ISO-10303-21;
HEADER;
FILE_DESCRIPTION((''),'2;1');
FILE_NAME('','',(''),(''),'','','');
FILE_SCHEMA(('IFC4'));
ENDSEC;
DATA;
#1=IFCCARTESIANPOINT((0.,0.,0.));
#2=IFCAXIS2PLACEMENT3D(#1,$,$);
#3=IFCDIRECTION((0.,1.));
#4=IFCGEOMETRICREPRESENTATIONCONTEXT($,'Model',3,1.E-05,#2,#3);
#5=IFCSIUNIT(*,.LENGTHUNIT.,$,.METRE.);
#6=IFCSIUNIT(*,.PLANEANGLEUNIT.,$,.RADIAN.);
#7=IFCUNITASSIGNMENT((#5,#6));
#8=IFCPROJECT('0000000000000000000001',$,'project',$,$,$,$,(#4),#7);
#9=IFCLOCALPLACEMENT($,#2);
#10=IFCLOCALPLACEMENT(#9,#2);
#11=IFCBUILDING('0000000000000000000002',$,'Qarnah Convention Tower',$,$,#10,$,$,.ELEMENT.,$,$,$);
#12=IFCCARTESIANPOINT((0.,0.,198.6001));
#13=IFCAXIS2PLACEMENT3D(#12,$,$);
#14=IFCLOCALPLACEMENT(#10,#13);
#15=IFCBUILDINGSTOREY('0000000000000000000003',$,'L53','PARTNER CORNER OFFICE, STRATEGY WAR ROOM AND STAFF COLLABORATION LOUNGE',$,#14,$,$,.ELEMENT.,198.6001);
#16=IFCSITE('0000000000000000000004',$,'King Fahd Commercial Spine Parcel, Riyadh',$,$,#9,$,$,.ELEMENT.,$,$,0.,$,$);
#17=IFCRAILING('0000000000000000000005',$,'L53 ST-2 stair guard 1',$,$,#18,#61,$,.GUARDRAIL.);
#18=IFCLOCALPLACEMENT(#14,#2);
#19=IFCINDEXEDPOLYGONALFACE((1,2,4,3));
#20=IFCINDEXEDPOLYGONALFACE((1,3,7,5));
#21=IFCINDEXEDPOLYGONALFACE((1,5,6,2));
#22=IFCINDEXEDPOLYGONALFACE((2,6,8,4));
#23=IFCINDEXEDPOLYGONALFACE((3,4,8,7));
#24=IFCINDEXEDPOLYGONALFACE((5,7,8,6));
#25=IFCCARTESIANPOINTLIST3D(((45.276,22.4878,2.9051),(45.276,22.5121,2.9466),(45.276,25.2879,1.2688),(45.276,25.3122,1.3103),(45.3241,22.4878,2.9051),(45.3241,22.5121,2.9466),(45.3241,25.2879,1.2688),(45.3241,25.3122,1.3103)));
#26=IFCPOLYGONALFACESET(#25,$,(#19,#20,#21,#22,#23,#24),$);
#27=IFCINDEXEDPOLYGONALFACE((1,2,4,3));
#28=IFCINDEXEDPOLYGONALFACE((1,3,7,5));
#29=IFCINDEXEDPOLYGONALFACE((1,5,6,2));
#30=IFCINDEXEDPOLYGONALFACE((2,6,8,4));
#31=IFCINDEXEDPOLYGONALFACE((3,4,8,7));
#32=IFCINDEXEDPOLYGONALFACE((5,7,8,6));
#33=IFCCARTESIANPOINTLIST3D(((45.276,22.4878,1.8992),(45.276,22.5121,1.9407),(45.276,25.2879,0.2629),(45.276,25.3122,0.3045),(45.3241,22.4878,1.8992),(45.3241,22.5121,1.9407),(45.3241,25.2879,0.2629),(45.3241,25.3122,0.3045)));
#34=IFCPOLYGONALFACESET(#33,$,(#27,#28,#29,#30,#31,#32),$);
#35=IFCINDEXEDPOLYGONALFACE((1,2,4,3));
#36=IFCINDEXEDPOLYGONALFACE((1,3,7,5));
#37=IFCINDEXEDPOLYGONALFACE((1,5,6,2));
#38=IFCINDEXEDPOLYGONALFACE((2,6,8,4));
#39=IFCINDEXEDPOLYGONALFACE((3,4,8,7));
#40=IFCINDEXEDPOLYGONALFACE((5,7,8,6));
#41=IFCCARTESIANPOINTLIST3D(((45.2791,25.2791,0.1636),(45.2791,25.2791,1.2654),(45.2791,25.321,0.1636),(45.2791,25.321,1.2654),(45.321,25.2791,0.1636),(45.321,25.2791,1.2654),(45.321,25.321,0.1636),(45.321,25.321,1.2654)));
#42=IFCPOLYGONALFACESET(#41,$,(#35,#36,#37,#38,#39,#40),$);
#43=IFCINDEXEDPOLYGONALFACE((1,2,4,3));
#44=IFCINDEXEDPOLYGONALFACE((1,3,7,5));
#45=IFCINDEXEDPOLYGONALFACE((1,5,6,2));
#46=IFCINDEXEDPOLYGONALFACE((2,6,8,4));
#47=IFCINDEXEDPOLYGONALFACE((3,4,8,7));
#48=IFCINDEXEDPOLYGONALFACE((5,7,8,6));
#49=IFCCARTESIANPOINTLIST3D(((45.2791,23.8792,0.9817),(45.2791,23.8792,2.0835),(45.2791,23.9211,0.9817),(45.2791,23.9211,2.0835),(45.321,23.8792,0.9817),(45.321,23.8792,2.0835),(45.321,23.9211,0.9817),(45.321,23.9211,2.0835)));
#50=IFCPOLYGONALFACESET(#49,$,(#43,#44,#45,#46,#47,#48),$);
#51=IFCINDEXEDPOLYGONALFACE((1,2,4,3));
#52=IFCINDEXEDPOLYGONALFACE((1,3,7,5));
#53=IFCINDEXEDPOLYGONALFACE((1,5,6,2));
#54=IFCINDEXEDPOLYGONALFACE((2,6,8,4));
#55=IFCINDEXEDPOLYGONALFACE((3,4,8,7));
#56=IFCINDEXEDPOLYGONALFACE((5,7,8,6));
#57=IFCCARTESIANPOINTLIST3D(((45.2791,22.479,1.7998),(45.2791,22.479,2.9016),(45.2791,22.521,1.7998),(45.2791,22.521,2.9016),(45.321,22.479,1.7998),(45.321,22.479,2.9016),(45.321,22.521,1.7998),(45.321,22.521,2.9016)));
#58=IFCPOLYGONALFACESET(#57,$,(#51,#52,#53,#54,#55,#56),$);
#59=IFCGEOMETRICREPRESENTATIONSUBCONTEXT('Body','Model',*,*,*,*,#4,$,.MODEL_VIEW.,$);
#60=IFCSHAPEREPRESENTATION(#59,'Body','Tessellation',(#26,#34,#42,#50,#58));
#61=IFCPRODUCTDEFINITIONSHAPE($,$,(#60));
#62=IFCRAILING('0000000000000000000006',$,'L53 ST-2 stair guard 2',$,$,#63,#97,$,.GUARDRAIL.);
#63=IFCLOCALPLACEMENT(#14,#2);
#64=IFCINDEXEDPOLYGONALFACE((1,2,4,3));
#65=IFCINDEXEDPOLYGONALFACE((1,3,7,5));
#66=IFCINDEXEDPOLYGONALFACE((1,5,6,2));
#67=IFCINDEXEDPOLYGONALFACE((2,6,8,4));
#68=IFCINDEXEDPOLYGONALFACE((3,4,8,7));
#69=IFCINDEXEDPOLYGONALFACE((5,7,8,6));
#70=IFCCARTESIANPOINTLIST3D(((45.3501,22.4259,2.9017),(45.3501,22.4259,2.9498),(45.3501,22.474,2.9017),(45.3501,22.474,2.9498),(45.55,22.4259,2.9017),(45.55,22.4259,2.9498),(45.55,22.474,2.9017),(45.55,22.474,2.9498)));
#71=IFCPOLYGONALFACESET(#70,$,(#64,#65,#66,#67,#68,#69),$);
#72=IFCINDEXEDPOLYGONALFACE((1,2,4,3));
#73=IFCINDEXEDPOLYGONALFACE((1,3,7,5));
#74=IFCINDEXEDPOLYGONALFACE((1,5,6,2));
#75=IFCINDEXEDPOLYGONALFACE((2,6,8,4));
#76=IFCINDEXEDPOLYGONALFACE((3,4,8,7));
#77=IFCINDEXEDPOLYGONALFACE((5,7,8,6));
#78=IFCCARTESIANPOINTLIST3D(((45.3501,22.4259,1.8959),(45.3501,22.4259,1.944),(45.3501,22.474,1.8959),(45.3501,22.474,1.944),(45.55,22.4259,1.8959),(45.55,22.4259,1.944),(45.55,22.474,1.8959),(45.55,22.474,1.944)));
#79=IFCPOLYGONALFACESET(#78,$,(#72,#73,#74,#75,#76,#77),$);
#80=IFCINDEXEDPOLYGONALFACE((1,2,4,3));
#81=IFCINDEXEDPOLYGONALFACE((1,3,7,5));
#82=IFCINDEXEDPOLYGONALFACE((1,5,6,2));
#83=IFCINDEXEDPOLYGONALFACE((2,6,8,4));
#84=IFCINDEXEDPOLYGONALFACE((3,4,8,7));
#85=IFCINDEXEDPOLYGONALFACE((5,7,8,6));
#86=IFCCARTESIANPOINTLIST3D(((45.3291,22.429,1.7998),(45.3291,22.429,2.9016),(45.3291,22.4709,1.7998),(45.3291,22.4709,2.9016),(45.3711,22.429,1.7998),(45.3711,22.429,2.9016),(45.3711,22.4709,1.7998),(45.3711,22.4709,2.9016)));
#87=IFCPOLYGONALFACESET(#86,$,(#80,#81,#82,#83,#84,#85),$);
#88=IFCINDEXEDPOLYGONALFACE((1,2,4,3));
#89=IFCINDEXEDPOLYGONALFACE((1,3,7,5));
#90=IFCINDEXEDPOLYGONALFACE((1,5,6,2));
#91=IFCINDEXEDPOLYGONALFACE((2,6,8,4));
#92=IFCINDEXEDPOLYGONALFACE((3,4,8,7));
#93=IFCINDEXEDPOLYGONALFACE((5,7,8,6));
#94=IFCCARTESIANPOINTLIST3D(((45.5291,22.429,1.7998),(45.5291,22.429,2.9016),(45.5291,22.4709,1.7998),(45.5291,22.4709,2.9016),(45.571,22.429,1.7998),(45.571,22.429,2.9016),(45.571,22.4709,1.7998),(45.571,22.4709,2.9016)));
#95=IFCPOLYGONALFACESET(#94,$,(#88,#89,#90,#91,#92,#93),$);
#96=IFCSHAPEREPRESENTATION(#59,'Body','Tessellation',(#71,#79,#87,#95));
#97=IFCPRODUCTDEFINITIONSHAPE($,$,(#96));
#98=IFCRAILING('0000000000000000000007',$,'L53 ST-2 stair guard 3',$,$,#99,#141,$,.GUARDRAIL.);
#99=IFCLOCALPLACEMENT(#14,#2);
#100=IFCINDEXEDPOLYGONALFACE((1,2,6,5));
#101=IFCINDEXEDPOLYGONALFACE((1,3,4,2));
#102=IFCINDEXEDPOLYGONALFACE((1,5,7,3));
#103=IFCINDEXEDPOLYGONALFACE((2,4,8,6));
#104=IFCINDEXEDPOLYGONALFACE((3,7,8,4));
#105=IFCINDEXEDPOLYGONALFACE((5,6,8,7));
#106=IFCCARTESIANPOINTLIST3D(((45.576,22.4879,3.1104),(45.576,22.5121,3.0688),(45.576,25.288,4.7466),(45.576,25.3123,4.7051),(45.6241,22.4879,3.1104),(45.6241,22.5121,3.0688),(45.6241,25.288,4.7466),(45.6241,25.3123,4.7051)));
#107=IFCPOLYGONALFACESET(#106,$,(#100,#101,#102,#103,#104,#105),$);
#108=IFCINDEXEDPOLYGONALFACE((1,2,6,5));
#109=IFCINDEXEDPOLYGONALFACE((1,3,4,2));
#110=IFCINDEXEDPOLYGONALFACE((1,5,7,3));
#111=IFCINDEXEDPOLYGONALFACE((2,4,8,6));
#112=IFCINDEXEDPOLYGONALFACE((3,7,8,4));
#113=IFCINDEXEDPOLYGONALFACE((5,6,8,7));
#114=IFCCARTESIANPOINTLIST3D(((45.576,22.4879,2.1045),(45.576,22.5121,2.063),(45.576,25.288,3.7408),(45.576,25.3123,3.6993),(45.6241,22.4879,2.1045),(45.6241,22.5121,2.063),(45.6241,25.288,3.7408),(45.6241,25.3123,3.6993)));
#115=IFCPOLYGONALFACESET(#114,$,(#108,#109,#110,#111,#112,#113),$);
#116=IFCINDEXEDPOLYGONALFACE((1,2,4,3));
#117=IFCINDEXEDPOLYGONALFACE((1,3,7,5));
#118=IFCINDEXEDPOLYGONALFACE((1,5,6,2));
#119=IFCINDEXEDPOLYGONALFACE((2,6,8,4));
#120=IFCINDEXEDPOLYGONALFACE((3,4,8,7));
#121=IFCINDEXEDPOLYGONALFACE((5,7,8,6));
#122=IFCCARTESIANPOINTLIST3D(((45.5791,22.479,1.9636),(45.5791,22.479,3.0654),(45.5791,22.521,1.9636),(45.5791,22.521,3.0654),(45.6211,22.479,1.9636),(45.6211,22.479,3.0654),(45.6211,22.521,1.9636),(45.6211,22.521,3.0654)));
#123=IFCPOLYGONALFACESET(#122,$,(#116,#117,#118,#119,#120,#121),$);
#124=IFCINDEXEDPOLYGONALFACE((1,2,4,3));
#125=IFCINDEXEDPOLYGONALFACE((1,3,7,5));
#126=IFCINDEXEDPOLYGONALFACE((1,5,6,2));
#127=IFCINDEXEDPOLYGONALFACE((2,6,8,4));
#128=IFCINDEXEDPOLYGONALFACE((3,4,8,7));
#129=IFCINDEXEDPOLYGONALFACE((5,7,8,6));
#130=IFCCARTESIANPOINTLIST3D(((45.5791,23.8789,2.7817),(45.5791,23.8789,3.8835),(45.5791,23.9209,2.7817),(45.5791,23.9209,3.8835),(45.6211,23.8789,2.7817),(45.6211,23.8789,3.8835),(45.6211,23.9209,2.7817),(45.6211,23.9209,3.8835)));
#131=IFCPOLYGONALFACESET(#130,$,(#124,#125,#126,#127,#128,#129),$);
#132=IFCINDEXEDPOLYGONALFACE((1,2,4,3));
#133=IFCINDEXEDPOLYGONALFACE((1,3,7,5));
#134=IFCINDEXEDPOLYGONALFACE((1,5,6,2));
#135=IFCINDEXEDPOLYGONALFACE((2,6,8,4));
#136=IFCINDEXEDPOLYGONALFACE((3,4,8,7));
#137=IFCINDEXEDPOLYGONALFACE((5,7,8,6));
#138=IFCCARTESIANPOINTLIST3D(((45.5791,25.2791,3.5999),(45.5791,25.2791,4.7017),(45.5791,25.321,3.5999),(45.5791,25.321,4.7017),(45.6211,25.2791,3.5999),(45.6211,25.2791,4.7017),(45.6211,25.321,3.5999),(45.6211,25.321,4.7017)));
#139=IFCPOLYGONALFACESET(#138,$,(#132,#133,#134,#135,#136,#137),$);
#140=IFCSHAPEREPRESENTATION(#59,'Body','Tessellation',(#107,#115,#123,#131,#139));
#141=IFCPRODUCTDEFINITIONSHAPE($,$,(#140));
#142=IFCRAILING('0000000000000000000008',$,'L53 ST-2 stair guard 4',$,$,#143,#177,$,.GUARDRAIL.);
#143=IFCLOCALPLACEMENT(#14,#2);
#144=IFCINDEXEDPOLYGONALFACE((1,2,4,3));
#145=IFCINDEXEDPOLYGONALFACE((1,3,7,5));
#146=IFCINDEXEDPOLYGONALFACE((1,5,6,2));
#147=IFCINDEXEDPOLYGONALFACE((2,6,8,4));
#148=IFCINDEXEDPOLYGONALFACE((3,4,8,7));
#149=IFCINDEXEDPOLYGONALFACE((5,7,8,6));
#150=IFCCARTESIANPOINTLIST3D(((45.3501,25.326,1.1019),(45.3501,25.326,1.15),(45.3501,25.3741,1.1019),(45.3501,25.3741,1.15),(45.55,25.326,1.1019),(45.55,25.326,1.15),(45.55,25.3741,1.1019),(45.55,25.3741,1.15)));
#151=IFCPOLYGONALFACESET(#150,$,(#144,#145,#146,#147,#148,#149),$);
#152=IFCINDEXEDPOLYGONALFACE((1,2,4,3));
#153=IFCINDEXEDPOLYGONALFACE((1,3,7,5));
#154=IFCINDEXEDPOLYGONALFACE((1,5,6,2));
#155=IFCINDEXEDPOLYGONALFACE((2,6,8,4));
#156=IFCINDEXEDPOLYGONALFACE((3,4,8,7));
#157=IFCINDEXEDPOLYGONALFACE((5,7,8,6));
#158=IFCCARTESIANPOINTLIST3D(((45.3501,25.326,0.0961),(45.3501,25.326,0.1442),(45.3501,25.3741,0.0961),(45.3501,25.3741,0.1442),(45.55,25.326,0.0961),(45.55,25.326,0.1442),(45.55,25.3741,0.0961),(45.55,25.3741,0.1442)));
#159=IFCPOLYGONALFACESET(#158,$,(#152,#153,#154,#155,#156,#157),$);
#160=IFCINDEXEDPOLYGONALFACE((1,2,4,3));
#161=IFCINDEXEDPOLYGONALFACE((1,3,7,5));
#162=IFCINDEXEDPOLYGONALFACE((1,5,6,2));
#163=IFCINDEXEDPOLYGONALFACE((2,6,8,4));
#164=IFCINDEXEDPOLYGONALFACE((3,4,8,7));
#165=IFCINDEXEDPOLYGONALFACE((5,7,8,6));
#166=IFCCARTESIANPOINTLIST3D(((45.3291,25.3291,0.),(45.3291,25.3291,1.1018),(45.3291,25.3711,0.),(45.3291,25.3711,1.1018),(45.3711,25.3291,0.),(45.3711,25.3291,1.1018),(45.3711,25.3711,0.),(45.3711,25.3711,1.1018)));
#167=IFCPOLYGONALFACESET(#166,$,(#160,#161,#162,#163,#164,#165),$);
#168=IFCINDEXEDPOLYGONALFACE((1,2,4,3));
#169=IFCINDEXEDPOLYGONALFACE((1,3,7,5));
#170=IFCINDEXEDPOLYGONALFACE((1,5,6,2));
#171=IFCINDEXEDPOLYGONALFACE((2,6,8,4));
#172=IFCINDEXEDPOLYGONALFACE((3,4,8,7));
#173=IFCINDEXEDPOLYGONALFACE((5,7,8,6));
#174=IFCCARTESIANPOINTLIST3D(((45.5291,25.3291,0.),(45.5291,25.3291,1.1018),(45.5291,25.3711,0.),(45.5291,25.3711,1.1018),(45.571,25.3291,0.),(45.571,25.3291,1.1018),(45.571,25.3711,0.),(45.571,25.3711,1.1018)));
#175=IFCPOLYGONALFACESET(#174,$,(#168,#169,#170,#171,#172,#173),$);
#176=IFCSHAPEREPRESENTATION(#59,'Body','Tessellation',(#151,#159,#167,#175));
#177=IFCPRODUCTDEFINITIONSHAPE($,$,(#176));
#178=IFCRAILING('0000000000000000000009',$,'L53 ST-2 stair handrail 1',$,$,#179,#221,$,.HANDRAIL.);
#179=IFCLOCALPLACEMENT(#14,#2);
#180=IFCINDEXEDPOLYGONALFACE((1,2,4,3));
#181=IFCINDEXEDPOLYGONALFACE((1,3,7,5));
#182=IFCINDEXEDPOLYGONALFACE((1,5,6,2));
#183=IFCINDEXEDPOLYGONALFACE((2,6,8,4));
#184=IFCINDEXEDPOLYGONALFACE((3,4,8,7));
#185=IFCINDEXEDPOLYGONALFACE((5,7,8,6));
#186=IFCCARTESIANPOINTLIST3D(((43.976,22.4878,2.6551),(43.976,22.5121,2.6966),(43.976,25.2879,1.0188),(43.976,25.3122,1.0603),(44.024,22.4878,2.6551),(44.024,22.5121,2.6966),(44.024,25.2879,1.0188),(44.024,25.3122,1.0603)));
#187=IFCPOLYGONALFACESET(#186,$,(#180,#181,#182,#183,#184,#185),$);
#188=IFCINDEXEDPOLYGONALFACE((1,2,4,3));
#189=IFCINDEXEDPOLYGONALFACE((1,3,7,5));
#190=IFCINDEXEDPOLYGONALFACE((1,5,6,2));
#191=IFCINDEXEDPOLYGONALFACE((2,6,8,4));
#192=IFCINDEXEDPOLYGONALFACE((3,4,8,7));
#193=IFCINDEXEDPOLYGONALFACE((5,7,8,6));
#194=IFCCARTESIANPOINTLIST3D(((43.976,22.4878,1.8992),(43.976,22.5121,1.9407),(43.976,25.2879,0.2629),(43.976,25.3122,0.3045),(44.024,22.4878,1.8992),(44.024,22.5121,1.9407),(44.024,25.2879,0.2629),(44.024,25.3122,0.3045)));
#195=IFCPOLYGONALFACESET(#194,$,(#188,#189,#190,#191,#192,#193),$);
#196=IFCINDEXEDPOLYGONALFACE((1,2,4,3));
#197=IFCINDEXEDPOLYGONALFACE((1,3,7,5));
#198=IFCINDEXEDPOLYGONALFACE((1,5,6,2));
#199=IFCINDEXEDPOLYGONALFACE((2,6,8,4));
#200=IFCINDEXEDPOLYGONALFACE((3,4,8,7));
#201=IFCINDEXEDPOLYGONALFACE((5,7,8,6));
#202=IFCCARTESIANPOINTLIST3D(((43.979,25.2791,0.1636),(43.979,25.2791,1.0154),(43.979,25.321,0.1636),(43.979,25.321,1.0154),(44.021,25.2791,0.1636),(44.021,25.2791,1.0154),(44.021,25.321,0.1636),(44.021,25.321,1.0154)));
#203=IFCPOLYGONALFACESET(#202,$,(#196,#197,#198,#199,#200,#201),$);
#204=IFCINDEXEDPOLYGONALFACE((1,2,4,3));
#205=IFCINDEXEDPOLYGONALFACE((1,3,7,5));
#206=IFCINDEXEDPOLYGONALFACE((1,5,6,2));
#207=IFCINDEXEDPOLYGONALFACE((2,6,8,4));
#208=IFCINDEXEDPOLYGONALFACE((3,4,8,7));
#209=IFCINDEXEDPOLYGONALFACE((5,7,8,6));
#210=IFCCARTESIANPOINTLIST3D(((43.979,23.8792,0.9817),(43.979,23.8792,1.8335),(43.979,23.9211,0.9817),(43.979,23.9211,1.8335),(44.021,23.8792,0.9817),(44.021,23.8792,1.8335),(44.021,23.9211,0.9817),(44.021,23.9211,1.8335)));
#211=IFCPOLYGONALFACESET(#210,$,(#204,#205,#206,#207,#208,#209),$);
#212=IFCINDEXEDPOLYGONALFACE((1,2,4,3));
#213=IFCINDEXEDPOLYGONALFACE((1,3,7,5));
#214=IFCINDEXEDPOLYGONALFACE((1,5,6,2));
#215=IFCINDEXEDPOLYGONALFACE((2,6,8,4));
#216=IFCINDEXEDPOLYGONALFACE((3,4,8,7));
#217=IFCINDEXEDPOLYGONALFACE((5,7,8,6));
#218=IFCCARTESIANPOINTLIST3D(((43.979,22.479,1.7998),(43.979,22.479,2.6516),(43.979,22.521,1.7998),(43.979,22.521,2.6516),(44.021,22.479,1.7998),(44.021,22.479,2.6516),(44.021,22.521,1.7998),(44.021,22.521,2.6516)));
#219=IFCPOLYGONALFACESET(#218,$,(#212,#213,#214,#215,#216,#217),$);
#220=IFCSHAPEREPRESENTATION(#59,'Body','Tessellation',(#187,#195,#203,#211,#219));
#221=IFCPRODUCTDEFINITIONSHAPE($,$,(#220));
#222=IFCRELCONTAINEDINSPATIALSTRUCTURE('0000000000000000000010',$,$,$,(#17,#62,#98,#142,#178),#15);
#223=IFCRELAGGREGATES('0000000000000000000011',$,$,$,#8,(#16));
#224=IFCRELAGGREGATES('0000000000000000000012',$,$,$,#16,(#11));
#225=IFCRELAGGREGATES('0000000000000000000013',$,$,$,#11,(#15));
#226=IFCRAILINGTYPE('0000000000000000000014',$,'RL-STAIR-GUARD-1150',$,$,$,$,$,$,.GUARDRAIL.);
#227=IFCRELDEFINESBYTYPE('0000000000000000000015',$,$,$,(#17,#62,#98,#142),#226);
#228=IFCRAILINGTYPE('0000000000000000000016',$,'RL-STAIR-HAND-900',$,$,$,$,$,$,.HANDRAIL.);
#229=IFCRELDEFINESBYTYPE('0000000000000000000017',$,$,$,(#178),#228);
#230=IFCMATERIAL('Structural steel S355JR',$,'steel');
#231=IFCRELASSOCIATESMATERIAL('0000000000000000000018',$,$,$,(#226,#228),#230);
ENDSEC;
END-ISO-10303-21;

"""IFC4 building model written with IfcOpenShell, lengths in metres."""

from ifc_helpers import new_model, si_unit, direction, frame, origin, origin_2d, place, context, subcontext, project, spatial, rectangle, extrude, material, type_object, element, save


model = new_model("IFC4")

# Units and contexts
model_context = context("Model", 3, precision=1e-05, world=origin(), true_north=direction((0.0, 1.0)))
body_context = subcontext(model_context, "Body", "Model", "MODEL_VIEW")
ifc_project = project(units=[si_unit("LENGTHUNIT", "METRE"), si_unit("PLANEANGLEUNIT", "RADIAN")], contexts=[model_context])

# Site, building, storey
site_placement = place(None, origin())
site = spatial("IfcSite", under=ifc_project, at=site_placement, Name="King Fahd Commercial Spine Parcel, Riyadh", CompositionType="ELEMENT", RefElevation=0.0)
building_placement = place(site_placement, origin())
building = spatial("IfcBuilding", under=site, at=building_placement, Name="Qarnah Convention Tower", CompositionType="ELEMENT")
storey_placement = place(building_placement, frame((0.0, 0.0, 198.6001)))
storey = spatial("IfcBuildingStorey", under=building, at=storey_placement, Name="L53", Description="PARTNER CORNER OFFICE, STRATEGY WAR ROOM AND STAFF COLLABORATION LOUNGE", CompositionType="ELEMENT", Elevation=198.6001)

# Shared definitions
ifc_material_1 = material(Name="Structural steel S355JR", Category="steel")

# Railings
railing_type_1 = type_object("IfcRailingType", Name="RL-STAIR-GUARD-1150", PredefinedType="GUARDRAIL", material=ifc_material_1)
railing_1_placement = place(storey_placement, frame((45.3, 25.3, 0.1636)))
element("IfcRailing", 1, at=railing_1_placement, inside=storey, type_object=railing_type_1, Name="L53 ST-2 stair guard 1", PredefinedType="GUARDRAIL", context=body_context, shape_type="SweptSolid", body=[
    extrude(rectangle(XDim=0.0481, YDim=0.0481, at=origin_2d()), frame((0.0, 0.0, 1.126), z_axis=(0.0, -0.863394, 0.504531), x_axis=(1.0, 0.0, 0.0)), (0.0, 0.0, 1.0), 3.2432),
    extrude(rectangle(XDim=0.0481, YDim=0.0481, at=origin_2d()), frame((0.0, 0.0, 0.1201), z_axis=(0.0, -0.863394, 0.504531), x_axis=(1.0, 0.0, 0.0)), (0.0, 0.0, 1.0), 3.2432),
    extrude(rectangle(XDim=0.042, YDim=0.042, at=origin_2d()), origin(), (0.0, 0.0, 1.0), 1.1018),
    extrude(rectangle(XDim=0.042, YDim=0.042, at=origin_2d()), frame((0.0, -1.3999, 0.8181)), (0.0, 0.0, 1.0), 1.1018),
    extrude(rectangle(XDim=0.042, YDim=0.042, at=origin_2d()), frame((0.0, -2.8, 1.6362)), (0.0, 0.0, 1.0), 1.1018),
])
railing_2_placement = place(storey_placement, frame((45.3501, 22.45, 1.7998)))
element("IfcRailing", 2, at=railing_2_placement, inside=storey, type_object=railing_type_1, Name="L53 ST-2 stair guard 2", PredefinedType="GUARDRAIL", context=body_context, shape_type="SweptSolid", body=[
    extrude(rectangle(XDim=0.0481, YDim=0.0481, at=origin_2d()), frame((0.0, 0.0, 1.126), z_axis=(1.0, 0.0, 0.0), x_axis=(0.0, 1.0, 0.0)), (0.0, 0.0, 1.0), 0.2),
    extrude(rectangle(XDim=0.0481, YDim=0.0481, at=origin_2d()), frame((0.0, 0.0, 0.1201), z_axis=(1.0, 0.0, 0.0), x_axis=(0.0, 1.0, 0.0)), (0.0, 0.0, 1.0), 0.2),
    extrude(rectangle(XDim=0.042, YDim=0.042, at=origin_2d()), origin(), (0.0, 0.0, 1.0), 1.1018),
    extrude(rectangle(XDim=0.042, YDim=0.042, at=origin_2d()), frame((0.2, 0.0, 0.0)), (0.0, 0.0, 1.0), 1.1018),
])
railing_3_placement = place(storey_placement, frame((45.6001, 22.5, 1.9636)))
element("IfcRailing", 3, at=railing_3_placement, inside=storey, type_object=railing_type_1, Name="L53 ST-2 stair guard 3", PredefinedType="GUARDRAIL", context=body_context, shape_type="SweptSolid", body=[
    extrude(rectangle(XDim=0.0481, YDim=0.0481, at=origin_2d()), frame((0.0, 0.0, 1.126), z_axis=(0.0, 0.863394, 0.504531), x_axis=(-1.0, 0.0, 0.0)), (0.0, 0.0, 1.0), 3.2432),
    extrude(rectangle(XDim=0.0481, YDim=0.0481, at=origin_2d()), frame((0.0, 0.0, 0.1201), z_axis=(0.0, 0.863394, 0.504531), x_axis=(-1.0, 0.0, 0.0)), (0.0, 0.0, 1.0), 3.2432),
    extrude(rectangle(XDim=0.042, YDim=0.042, at=origin_2d()), origin(), (0.0, 0.0, 1.0), 1.1018),
    extrude(rectangle(XDim=0.042, YDim=0.042, at=origin_2d()), frame((0.0, 1.3999, 0.8181)), (0.0, 0.0, 1.0), 1.1018),
    extrude(rectangle(XDim=0.042, YDim=0.042, at=origin_2d()), frame((0.0, 2.8, 1.6362)), (0.0, 0.0, 1.0), 1.1018),
])
railing_4_placement = place(storey_placement, frame((45.3501, 25.3501, 0.0)))
element("IfcRailing", 4, at=railing_4_placement, inside=storey, type_object=railing_type_1, Name="L53 ST-2 stair guard 4", PredefinedType="GUARDRAIL", context=body_context, shape_type="SweptSolid", body=[
    extrude(rectangle(XDim=0.0481, YDim=0.0481, at=origin_2d()), frame((0.0, 0.0, 1.126), z_axis=(1.0, 0.0, 0.0), x_axis=(0.0, 1.0, 0.0)), (0.0, 0.0, 1.0), 0.2),
    extrude(rectangle(XDim=0.0481, YDim=0.0481, at=origin_2d()), frame((0.0, 0.0, 0.1201), z_axis=(1.0, 0.0, 0.0), x_axis=(0.0, 1.0, 0.0)), (0.0, 0.0, 1.0), 0.2),
    extrude(rectangle(XDim=0.042, YDim=0.042, at=origin_2d()), origin(), (0.0, 0.0, 1.0), 1.1018),
    extrude(rectangle(XDim=0.042, YDim=0.042, at=origin_2d()), frame((0.2, 0.0, 0.0)), (0.0, 0.0, 1.0), 1.1018),
])
railing_type_2 = type_object("IfcRailingType", Name="RL-STAIR-HAND-900", PredefinedType="HANDRAIL", material=ifc_material_1)
railing_5_placement = place(storey_placement, frame((44.0, 25.3, 0.1636)))
element("IfcRailing", 5, at=railing_5_placement, inside=storey, type_object=railing_type_2, Name="L53 ST-2 stair handrail 1", PredefinedType="HANDRAIL", context=body_context, shape_type="SweptSolid", body=[
    extrude(rectangle(XDim=0.0481, YDim=0.0481, at=origin_2d()), frame((0.0, 0.0, 0.876), z_axis=(0.0, -0.863394, 0.504531), x_axis=(1.0, 0.0, 0.0)), (0.0, 0.0, 1.0), 3.2432),
    extrude(rectangle(XDim=0.0481, YDim=0.0481, at=origin_2d()), frame((0.0, 0.0, 0.1201), z_axis=(0.0, -0.863394, 0.504531), x_axis=(1.0, 0.0, 0.0)), (0.0, 0.0, 1.0), 3.2432),
    extrude(rectangle(XDim=0.042, YDim=0.042, at=origin_2d()), origin(), (0.0, 0.0, 1.0), 0.8518),
    extrude(rectangle(XDim=0.042, YDim=0.042, at=origin_2d()), frame((0.0, -1.3999, 0.8181)), (0.0, 0.0, 1.0), 0.8518),
    extrude(rectangle(XDim=0.042, YDim=0.042, at=origin_2d()), frame((0.0, -2.8, 1.6362)), (0.0, 0.0, 1.0), 0.8518),
])

save(model, "model.ifc")
